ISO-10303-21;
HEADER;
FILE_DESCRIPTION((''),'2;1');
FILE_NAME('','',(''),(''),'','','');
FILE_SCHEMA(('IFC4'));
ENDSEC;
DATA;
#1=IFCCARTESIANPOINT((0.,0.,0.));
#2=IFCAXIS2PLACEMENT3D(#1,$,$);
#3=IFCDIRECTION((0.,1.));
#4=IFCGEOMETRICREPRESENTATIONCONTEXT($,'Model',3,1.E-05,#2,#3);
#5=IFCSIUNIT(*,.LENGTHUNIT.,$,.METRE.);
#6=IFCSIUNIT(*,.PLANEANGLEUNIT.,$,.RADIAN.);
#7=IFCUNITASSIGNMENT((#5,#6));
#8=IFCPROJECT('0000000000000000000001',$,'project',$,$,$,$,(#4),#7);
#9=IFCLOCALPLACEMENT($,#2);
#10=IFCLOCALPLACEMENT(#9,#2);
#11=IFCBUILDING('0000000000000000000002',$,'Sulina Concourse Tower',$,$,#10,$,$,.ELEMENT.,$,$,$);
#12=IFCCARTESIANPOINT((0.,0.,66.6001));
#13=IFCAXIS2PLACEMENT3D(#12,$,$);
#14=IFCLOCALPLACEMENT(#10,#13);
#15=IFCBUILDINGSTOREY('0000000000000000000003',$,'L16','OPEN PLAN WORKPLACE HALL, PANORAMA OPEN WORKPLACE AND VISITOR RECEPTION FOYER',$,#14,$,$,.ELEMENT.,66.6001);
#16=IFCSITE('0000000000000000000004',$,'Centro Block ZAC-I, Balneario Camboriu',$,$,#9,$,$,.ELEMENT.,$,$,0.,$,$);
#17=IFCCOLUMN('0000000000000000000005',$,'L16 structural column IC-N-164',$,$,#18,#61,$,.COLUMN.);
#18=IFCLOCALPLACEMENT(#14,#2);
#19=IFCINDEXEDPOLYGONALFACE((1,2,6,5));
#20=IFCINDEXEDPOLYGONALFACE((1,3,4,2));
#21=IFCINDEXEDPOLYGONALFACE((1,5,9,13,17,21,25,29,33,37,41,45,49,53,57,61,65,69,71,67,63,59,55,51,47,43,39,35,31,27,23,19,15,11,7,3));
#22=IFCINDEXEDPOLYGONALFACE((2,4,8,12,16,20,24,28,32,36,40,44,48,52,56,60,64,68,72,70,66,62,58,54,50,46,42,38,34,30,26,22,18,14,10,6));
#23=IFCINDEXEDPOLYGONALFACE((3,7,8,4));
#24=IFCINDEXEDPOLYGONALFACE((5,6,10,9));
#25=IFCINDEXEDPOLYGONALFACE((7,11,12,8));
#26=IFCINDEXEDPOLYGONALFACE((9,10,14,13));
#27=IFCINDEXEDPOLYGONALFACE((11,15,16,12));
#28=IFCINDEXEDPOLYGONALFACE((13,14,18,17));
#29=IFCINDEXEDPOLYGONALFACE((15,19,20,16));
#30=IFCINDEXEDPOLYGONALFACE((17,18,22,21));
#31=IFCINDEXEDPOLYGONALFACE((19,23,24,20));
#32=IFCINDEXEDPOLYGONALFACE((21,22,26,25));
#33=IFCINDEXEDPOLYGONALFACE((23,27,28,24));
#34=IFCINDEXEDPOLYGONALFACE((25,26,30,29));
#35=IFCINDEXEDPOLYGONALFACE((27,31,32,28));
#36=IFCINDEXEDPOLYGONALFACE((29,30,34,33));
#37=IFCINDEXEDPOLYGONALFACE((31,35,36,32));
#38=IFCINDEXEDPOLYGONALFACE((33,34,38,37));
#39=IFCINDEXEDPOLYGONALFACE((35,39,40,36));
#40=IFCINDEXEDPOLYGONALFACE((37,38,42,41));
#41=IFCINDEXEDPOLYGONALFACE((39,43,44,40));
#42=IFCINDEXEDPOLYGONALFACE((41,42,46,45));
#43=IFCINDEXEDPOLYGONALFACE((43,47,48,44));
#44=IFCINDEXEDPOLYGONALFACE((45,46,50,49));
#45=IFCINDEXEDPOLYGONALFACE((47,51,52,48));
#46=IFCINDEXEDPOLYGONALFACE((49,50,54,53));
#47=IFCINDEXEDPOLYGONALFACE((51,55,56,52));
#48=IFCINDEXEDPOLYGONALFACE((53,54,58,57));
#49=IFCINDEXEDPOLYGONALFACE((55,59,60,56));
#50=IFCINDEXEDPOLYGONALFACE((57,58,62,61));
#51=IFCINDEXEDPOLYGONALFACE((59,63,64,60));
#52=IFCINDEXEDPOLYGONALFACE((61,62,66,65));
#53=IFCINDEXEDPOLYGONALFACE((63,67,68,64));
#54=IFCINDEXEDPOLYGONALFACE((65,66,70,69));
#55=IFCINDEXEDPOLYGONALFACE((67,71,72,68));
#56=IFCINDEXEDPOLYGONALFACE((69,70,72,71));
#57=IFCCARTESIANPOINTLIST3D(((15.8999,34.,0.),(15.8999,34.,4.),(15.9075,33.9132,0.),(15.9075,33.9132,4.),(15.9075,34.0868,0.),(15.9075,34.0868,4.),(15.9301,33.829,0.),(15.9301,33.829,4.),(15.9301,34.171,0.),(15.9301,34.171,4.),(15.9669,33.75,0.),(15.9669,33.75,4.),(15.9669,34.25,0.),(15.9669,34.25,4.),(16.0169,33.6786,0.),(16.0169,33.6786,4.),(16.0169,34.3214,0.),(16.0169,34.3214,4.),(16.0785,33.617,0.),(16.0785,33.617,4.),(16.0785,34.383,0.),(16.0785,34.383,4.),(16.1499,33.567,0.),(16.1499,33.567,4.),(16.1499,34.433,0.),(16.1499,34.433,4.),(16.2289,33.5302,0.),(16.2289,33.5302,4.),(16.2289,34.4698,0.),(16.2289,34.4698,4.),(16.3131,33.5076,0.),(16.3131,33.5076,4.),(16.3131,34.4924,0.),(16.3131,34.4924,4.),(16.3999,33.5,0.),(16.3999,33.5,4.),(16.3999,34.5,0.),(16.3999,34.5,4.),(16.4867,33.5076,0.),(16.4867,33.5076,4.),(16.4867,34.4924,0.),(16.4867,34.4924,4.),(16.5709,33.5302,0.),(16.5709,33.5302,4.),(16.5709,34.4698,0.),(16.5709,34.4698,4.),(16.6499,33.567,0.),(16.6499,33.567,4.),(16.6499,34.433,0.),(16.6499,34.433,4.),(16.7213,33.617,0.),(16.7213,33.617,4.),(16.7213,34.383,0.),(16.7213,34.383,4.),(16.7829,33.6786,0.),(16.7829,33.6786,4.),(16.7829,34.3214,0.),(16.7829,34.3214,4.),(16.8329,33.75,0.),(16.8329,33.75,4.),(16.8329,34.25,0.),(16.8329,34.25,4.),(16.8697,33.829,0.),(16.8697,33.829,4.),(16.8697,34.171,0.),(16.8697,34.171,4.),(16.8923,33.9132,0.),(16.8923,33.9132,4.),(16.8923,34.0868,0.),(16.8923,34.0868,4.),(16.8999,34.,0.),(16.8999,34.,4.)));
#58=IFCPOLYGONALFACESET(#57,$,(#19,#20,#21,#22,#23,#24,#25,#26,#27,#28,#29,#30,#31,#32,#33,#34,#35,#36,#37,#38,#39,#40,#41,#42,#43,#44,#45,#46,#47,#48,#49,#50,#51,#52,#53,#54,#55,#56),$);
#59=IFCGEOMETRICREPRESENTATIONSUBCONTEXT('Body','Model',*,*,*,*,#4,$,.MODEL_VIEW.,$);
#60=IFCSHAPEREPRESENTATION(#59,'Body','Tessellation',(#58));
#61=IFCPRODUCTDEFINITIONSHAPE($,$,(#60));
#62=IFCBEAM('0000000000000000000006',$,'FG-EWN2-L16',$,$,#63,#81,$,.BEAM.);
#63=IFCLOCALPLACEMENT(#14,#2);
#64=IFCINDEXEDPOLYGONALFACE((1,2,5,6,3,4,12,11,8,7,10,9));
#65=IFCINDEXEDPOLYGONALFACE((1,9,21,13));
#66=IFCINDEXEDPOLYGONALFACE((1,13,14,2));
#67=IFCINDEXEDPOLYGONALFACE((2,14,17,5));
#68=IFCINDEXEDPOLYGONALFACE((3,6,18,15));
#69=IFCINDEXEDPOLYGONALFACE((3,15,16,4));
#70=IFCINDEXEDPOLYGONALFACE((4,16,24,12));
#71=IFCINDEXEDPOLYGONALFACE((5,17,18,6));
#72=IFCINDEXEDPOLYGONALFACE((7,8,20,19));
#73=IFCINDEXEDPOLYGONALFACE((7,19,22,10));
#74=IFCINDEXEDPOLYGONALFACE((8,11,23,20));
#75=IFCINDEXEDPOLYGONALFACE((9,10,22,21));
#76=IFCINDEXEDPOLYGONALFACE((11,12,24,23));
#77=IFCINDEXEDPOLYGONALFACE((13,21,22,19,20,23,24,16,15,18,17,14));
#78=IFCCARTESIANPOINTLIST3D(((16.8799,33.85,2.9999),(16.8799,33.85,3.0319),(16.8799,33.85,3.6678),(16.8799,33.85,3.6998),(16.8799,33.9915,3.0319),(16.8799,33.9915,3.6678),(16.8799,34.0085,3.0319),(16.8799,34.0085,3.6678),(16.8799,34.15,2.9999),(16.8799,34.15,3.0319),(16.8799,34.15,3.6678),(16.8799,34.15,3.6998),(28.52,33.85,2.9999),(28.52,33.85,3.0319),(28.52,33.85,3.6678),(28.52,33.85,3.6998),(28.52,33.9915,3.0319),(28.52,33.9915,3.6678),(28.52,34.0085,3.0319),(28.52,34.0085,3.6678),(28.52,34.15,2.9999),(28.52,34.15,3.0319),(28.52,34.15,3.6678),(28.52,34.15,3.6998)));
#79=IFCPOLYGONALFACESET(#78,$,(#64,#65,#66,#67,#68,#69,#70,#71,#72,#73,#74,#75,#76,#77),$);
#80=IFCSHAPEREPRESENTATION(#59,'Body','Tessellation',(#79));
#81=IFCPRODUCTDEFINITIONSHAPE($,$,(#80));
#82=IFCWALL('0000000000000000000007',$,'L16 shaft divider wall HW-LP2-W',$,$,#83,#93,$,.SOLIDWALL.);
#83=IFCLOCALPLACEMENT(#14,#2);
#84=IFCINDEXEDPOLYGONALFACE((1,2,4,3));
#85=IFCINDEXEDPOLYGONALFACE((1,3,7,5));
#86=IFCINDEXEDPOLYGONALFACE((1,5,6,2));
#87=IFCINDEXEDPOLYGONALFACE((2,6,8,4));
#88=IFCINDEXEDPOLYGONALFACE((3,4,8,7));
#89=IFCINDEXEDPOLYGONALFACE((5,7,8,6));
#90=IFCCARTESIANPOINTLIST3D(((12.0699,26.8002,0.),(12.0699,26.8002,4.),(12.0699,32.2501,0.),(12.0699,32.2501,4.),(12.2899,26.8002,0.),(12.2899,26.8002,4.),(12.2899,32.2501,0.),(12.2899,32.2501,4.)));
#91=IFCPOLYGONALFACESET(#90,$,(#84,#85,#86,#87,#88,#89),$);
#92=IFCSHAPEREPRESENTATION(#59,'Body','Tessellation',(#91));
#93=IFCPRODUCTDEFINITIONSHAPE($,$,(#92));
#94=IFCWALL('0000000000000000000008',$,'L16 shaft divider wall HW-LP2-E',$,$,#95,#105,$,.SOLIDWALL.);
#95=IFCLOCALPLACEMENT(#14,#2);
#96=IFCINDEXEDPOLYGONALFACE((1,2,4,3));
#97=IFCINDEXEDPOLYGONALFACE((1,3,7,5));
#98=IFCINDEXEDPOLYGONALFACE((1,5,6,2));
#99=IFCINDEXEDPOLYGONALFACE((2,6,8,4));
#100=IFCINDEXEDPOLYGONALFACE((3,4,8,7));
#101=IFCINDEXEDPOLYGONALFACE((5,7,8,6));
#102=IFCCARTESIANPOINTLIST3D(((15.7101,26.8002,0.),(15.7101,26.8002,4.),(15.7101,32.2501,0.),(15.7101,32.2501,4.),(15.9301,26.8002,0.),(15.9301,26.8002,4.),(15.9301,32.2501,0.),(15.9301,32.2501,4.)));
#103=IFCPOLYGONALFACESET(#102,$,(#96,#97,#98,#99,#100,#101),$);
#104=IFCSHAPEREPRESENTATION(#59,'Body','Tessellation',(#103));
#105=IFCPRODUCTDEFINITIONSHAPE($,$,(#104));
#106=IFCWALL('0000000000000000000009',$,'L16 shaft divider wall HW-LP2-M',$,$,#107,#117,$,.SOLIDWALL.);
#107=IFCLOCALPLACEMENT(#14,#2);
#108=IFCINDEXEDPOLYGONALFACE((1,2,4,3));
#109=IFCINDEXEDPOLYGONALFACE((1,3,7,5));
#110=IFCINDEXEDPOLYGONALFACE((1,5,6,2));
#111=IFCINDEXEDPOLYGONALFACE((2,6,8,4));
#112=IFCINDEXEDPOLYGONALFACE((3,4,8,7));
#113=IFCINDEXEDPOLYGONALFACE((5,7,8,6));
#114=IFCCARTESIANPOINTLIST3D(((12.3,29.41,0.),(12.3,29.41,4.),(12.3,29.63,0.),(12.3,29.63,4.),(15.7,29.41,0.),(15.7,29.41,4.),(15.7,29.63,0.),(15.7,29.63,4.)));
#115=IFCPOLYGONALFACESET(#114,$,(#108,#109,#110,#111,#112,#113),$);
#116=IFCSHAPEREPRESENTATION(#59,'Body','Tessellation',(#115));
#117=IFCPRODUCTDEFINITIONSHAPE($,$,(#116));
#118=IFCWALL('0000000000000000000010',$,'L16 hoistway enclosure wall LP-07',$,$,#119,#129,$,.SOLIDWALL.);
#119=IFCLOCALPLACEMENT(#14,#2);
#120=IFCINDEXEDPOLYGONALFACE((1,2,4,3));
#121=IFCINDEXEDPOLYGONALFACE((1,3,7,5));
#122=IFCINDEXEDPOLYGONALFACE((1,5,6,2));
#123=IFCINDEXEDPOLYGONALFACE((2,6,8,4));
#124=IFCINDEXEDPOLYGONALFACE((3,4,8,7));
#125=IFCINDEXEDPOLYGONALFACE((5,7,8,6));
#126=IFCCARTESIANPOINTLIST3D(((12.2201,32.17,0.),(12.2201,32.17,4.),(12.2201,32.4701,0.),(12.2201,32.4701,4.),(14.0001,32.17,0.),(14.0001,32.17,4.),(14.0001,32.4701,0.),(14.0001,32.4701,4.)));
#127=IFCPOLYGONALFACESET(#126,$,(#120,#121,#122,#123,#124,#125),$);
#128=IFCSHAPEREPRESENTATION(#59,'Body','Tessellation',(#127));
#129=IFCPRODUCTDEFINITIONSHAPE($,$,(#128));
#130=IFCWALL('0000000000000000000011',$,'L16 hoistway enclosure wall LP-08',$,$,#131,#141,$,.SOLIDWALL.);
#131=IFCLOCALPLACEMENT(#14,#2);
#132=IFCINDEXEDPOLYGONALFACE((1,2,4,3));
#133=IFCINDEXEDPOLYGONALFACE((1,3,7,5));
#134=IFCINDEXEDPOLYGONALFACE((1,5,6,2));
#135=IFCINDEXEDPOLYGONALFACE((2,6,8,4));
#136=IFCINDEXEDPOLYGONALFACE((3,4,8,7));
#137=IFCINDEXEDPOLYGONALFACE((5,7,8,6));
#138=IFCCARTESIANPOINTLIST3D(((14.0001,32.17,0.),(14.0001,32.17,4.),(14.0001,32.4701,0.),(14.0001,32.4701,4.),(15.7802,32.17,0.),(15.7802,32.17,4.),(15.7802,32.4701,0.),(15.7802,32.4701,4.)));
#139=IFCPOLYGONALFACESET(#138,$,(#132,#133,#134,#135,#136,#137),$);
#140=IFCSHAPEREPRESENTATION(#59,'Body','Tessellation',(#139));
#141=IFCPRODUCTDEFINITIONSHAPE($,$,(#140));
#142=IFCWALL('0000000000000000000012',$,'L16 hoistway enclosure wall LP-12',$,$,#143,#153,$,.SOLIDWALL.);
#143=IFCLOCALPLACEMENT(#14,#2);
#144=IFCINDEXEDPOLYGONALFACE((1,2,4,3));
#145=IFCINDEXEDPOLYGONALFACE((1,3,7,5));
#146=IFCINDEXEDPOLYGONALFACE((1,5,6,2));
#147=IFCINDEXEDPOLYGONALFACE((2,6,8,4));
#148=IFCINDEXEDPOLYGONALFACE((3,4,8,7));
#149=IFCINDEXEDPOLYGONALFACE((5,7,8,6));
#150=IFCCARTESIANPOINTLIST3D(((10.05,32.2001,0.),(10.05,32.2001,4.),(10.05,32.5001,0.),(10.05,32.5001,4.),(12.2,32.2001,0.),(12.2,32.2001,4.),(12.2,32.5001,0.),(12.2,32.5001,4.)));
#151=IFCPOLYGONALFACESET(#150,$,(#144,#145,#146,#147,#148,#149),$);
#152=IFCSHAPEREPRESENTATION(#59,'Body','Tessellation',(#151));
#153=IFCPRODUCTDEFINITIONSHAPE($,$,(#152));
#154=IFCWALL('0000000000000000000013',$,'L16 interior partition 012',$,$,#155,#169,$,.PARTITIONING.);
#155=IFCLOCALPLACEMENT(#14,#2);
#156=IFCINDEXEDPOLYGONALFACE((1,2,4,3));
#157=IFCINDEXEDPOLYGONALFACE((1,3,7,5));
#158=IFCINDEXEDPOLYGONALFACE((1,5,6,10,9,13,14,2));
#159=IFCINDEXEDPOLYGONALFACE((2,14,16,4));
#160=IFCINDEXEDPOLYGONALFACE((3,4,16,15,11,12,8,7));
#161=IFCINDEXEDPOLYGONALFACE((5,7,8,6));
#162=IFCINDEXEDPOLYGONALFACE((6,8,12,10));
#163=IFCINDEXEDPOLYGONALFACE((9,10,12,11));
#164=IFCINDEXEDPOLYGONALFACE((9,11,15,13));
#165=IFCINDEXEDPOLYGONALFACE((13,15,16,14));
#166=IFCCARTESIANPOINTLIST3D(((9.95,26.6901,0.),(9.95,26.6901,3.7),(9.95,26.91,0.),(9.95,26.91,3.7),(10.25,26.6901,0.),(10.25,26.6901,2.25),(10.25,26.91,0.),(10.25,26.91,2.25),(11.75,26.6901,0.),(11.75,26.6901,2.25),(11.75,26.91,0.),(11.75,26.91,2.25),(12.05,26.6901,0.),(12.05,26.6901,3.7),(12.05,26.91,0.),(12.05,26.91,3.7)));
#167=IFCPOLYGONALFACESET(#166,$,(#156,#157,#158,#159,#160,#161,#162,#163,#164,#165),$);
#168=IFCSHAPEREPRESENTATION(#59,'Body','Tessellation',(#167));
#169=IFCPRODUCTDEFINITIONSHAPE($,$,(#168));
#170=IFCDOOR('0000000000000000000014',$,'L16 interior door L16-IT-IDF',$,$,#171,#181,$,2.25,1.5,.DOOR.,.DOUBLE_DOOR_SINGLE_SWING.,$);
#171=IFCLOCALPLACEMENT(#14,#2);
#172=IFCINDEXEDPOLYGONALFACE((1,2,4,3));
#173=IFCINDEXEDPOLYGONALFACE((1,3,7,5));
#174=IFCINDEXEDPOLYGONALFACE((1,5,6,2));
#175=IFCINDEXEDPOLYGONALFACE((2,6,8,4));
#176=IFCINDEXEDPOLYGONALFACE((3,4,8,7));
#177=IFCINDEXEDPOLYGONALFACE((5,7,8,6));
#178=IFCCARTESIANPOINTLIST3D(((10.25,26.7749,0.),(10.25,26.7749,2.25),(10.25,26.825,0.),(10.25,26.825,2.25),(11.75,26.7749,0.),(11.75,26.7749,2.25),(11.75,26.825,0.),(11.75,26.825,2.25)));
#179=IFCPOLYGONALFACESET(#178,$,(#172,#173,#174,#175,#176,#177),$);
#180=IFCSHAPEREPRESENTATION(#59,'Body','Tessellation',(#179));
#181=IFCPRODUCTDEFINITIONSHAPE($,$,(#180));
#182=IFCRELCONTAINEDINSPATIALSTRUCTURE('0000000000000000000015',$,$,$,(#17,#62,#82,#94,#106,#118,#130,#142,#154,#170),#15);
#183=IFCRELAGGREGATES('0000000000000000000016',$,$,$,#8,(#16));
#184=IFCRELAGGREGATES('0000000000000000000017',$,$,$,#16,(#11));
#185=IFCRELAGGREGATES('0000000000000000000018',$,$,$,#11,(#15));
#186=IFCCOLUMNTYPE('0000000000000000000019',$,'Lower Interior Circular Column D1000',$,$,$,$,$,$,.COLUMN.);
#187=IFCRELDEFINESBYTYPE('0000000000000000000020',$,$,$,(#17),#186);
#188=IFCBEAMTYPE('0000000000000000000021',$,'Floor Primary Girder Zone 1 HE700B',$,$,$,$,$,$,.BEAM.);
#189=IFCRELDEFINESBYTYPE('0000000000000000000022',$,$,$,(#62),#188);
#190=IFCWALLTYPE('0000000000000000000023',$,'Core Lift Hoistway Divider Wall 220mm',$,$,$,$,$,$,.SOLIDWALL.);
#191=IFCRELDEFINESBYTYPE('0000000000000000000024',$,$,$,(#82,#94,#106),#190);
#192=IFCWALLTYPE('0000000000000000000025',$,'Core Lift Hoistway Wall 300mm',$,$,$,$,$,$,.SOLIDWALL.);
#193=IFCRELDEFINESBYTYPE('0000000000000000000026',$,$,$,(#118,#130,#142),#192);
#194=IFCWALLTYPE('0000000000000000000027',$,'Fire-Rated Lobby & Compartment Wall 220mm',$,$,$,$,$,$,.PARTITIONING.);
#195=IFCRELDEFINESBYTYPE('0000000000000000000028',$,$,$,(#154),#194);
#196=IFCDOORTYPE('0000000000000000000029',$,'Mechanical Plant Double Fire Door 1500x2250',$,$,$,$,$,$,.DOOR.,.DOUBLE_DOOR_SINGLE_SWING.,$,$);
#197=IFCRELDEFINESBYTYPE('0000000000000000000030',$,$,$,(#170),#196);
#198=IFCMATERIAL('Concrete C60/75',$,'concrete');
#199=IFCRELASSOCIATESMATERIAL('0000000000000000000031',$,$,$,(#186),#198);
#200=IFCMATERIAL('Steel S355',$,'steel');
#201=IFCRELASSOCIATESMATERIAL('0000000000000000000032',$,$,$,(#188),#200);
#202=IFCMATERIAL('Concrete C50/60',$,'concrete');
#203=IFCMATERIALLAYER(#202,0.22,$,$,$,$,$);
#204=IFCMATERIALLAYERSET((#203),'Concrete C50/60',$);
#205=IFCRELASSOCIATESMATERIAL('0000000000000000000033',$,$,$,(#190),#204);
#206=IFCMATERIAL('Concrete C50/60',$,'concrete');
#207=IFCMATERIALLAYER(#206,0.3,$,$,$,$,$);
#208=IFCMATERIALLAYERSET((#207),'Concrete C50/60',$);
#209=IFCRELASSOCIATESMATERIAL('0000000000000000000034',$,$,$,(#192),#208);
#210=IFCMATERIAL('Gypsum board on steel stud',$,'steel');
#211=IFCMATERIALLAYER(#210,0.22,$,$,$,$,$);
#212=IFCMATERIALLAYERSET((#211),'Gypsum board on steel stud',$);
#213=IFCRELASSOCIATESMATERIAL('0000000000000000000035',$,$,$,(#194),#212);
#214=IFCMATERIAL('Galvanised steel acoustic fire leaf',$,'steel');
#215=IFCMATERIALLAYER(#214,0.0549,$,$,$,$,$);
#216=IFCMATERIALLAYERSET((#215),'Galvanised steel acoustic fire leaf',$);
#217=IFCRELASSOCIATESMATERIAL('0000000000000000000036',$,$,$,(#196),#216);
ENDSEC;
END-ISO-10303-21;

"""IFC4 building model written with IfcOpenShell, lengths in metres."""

from ifc_helpers import new_model, si_unit, direction, frame, frame_2d, origin, origin_2d, place, context, subcontext, project, spatial, rectangle, circle, i_section, extrude, material, layer, layer_set, material_profile, profile_set, type_object, element, fill, save


model = new_model("IFC4")

# Units and contexts
model_context = context("Model", 3, precision=1e-05, world=origin(), true_north=direction((0.0, 1.0)))
body_context = subcontext(model_context, "Body", "Model", "MODEL_VIEW")
ifc_project = project(units=[si_unit("LENGTHUNIT", "METRE"), si_unit("PLANEANGLEUNIT", "RADIAN")], contexts=[model_context])

# Site, building, storey
site_placement = place(None, origin())
site = spatial("IfcSite", under=ifc_project, at=site_placement, Name="Centro Block ZAC-I, Balneario Camboriu", CompositionType="ELEMENT", RefElevation=0.0)
building_placement = place(site_placement, origin())
building = spatial("IfcBuilding", under=site, at=building_placement, Name="Sulina Concourse Tower", CompositionType="ELEMENT")
storey_placement = place(building_placement, frame((0.0, 0.0, 66.6001)))
storey = spatial("IfcBuildingStorey", under=building, at=storey_placement, Name="L16", Description="OPEN PLAN WORKPLACE HALL, PANORAMA OPEN WORKPLACE AND VISITOR RECEPTION FOYER", CompositionType="ELEMENT", Elevation=66.6001)

# Column
ifc_material_1 = material(Name="Concrete C60/75", Category="concrete")
ifc_material_profile_1 = material_profile(ifc_material_1, circle(Radius=0.5, at=origin_2d()), Name="RC D1000")
ifc_profile_set_1 = profile_set([ifc_material_profile_1], Name="Concrete C60/75")
column_type = type_object("IfcColumnType", Name="Lower Interior Circular Column D1000", PredefinedType="COLUMN", material=ifc_profile_set_1)
column_placement = place(storey_placement, frame((16.3999, 34.0, 0.0), z_axis=(0.0, 0.0, 1.0), x_axis=(1.0, 0.0, 0.0)))
element("IfcColumn", 1, at=column_placement, inside=storey, type_object=column_type, Name="L16 structural column IC-N-164", PredefinedType="COLUMN", context=body_context, shape_type="SweptSolid", body=[
    extrude(circle(Radius=0.5, at=origin_2d()), origin(), (0.0, 0.0, 1.0), 4.0),
])

# Beam
ifc_material_2 = material(Name="Steel S355", Category="steel")
ifc_material_profile_2 = material_profile(ifc_material_2, i_section(OverallWidth=0.3, OverallDepth=0.7, WebThickness=0.0171, FlangeThickness=0.032, at=origin_2d()), Name="HE 700 B")
ifc_profile_set_2 = profile_set([ifc_material_profile_2], Name="Steel S355")
beam_type = type_object("IfcBeamType", Name="Floor Primary Girder Zone 1 HE700B", PredefinedType="BEAM", material=ifc_profile_set_2)
beam_placement = place(storey_placement, frame((16.8799, 34.0, 3.3499), z_axis=(1.0, 0.0, 0.0), x_axis=(0.0, 1.0, 0.0)))
element("IfcBeam", 2, at=beam_placement, inside=storey, type_object=beam_type, Name="FG-EWN2-L16", PredefinedType="BEAM", context=body_context, shape_type="SweptSolid", body=[
    extrude(i_section(OverallWidth=0.3, OverallDepth=0.7, WebThickness=0.0171, FlangeThickness=0.032, at=origin_2d()), origin(), (0.0, 0.0, 1.0), 11.6401),
])

# Walls
ifc_material_3 = material(Name="Concrete C50/60", Category="concrete")
ifc_layer_1 = layer(ifc_material_3, 0.22)
ifc_layer_set_1 = layer_set([ifc_layer_1], Name="Concrete C50/60")
wall_type_1 = type_object("IfcWallType", Name="Core Lift Hoistway Divider Wall 220mm", PredefinedType="SOLIDWALL", material=ifc_layer_set_1)
for number, where, z_axis, x_axis, name in (
    (3, (12.1799, 26.8, 0.0), (0.0, 0.0, 1.0), (0.0, 1.0, 0.0), "L16 shaft divider wall HW-LP2-W"),
    (4, (15.8201, 26.8, 0.0), (0.0, 0.0, 1.0), (0.0, 1.0, 0.0), "L16 shaft divider wall HW-LP2-E"),
):
    element("IfcWall", number, at=place(storey_placement, frame(where, z_axis=z_axis, x_axis=x_axis)), inside=storey, type_object=wall_type_1, Name=name, PredefinedType="SOLIDWALL", context=body_context, shape_type="SweptSolid", body=[
        extrude(rectangle(XDim=5.45, YDim=0.22, at=frame_2d((2.7251, 0.0))), origin(), (0.0, 0.0, 1.0), 4.0),
    ])
wall_1_placement = place(storey_placement, frame((12.3, 29.52, 0.0), z_axis=(0.0, 0.0, 1.0), x_axis=(1.0, 0.0, 0.0)))
element("IfcWall", 5, at=wall_1_placement, inside=storey, type_object=wall_type_1, Name="L16 shaft divider wall HW-LP2-M", PredefinedType="SOLIDWALL", context=body_context, shape_type="SweptSolid", body=[
    extrude(rectangle(XDim=3.3999, YDim=0.22, at=frame_2d((1.7, 0.0))), origin(), (0.0, 0.0, 1.0), 4.0),
])
ifc_material_4 = material(Name="Concrete C50/60", Category="concrete")
ifc_layer_2 = layer(ifc_material_4, 0.3)
ifc_layer_set_2 = layer_set([ifc_layer_2], Name="Concrete C50/60")
wall_type_2 = type_object("IfcWallType", Name="Core Lift Hoistway Wall 300mm", PredefinedType="SOLIDWALL", material=ifc_layer_set_2)
for number, where, z_axis, x_axis, name in (
    (6, (12.22, 32.3201, 0.0), (0.0, 0.0, 1.0), (1.0, 0.0, 0.0), "L16 hoistway enclosure wall LP-07"),
    (7, (14.0, 32.3201, 0.0), (0.0, 0.0, 1.0), (1.0, 0.0, 0.0), "L16 hoistway enclosure wall LP-08"),
):
    element("IfcWall", number, at=place(storey_placement, frame(where, z_axis=z_axis, x_axis=x_axis)), inside=storey, type_object=wall_type_2, Name=name, PredefinedType="SOLIDWALL", context=body_context, shape_type="SweptSolid", body=[
        extrude(rectangle(XDim=1.78, YDim=0.3, at=frame_2d((0.8901, 0.0))), origin(), (0.0, 0.0, 1.0), 4.0),
    ])
wall_2_placement = place(storey_placement, frame((10.05, 32.3501, 0.0), z_axis=(0.0, 0.0, 1.0), x_axis=(1.0, 0.0, 0.0)))
element("IfcWall", 8, at=wall_2_placement, inside=storey, type_object=wall_type_2, Name="L16 hoistway enclosure wall LP-12", PredefinedType="SOLIDWALL", context=body_context, shape_type="SweptSolid", body=[
    extrude(rectangle(XDim=2.1499, YDim=0.3, at=frame_2d((1.075, 0.0))), origin(), (0.0, 0.0, 1.0), 4.0),
])

# Wall, opening, door
ifc_material_5 = material(Name="Gypsum board on steel stud", Category="steel")
ifc_layer_3 = layer(ifc_material_5, 0.22)
ifc_layer_set_3 = layer_set([ifc_layer_3], Name="Gypsum board on steel stud")
wall_type_3 = type_object("IfcWallType", Name="Fire-Rated Lobby & Compartment Wall 220mm", PredefinedType="PARTITIONING", material=ifc_layer_set_3)
wall_3_placement = place(storey_placement, frame((9.95, 26.8, 0.0), z_axis=(0.0, 0.0, 1.0), x_axis=(1.0, 0.0, 0.0)))
wall_3 = element("IfcWall", 9, at=wall_3_placement, inside=storey, type_object=wall_type_3, Name="L16 interior partition 012", PredefinedType="PARTITIONING", context=body_context, shape_type="SweptSolid", body=[
    extrude(rectangle(XDim=2.1001, YDim=0.22, at=frame_2d((1.05, 0.0))), origin(), (0.0, 0.0, 1.0), 3.7),
])
opening_1_placement = place(wall_3_placement, frame((0.3, 0.0, 0.0)))
opening_1 = element("IfcOpeningElement", 10, at=opening_1_placement, cuts=wall_3, PredefinedType="OPENING", context=body_context, shape_type="SweptSolid", body=[
    extrude(rectangle(XDim=1.5, YDim=2.25, at=frame_2d((0.75, 1.125))), frame((0.0, 0.1199, 0.0), z_axis=(0.0, -1.0, 0.0), x_axis=(1.0, 0.0, 0.0)), (0.0, 0.0, 1.0), 0.24),
])
ifc_material_6 = material(Name="Galvanised steel acoustic fire leaf", Category="steel")
ifc_layer_4 = layer(ifc_material_6, 0.0549)
ifc_layer_set_4 = layer_set([ifc_layer_4], Name="Galvanised steel acoustic fire leaf")
door_type_1 = type_object("IfcDoorType", Name="Mechanical Plant Double Fire Door 1500x2250", OperationType="DOUBLE_DOOR_SINGLE_SWING", PredefinedType="DOOR", material=ifc_layer_set_4)
door_1_placement = place(opening_1_placement, origin())
door_1 = element("IfcDoor", 11, at=door_1_placement, inside=storey, type_object=door_type_1, Name="L16 interior door L16-IT-IDF", OperationType="DOUBLE_DOOR_SINGLE_SWING", OverallHeight=2.25, OverallWidth=1.5, PredefinedType="DOOR", context=body_context, shape_type="SweptSolid", body=[
    extrude(rectangle(XDim=1.5, YDim=2.25, at=frame_2d((0.75, 1.125))), frame((0.0, 0.0249, 0.0), z_axis=(0.0, -1.0, 0.0), x_axis=(1.0, 0.0, 0.0)), (0.0, 0.0, 1.0), 0.05),
])
fill(opening_1, door_1)

save(model, "model.ifc")
